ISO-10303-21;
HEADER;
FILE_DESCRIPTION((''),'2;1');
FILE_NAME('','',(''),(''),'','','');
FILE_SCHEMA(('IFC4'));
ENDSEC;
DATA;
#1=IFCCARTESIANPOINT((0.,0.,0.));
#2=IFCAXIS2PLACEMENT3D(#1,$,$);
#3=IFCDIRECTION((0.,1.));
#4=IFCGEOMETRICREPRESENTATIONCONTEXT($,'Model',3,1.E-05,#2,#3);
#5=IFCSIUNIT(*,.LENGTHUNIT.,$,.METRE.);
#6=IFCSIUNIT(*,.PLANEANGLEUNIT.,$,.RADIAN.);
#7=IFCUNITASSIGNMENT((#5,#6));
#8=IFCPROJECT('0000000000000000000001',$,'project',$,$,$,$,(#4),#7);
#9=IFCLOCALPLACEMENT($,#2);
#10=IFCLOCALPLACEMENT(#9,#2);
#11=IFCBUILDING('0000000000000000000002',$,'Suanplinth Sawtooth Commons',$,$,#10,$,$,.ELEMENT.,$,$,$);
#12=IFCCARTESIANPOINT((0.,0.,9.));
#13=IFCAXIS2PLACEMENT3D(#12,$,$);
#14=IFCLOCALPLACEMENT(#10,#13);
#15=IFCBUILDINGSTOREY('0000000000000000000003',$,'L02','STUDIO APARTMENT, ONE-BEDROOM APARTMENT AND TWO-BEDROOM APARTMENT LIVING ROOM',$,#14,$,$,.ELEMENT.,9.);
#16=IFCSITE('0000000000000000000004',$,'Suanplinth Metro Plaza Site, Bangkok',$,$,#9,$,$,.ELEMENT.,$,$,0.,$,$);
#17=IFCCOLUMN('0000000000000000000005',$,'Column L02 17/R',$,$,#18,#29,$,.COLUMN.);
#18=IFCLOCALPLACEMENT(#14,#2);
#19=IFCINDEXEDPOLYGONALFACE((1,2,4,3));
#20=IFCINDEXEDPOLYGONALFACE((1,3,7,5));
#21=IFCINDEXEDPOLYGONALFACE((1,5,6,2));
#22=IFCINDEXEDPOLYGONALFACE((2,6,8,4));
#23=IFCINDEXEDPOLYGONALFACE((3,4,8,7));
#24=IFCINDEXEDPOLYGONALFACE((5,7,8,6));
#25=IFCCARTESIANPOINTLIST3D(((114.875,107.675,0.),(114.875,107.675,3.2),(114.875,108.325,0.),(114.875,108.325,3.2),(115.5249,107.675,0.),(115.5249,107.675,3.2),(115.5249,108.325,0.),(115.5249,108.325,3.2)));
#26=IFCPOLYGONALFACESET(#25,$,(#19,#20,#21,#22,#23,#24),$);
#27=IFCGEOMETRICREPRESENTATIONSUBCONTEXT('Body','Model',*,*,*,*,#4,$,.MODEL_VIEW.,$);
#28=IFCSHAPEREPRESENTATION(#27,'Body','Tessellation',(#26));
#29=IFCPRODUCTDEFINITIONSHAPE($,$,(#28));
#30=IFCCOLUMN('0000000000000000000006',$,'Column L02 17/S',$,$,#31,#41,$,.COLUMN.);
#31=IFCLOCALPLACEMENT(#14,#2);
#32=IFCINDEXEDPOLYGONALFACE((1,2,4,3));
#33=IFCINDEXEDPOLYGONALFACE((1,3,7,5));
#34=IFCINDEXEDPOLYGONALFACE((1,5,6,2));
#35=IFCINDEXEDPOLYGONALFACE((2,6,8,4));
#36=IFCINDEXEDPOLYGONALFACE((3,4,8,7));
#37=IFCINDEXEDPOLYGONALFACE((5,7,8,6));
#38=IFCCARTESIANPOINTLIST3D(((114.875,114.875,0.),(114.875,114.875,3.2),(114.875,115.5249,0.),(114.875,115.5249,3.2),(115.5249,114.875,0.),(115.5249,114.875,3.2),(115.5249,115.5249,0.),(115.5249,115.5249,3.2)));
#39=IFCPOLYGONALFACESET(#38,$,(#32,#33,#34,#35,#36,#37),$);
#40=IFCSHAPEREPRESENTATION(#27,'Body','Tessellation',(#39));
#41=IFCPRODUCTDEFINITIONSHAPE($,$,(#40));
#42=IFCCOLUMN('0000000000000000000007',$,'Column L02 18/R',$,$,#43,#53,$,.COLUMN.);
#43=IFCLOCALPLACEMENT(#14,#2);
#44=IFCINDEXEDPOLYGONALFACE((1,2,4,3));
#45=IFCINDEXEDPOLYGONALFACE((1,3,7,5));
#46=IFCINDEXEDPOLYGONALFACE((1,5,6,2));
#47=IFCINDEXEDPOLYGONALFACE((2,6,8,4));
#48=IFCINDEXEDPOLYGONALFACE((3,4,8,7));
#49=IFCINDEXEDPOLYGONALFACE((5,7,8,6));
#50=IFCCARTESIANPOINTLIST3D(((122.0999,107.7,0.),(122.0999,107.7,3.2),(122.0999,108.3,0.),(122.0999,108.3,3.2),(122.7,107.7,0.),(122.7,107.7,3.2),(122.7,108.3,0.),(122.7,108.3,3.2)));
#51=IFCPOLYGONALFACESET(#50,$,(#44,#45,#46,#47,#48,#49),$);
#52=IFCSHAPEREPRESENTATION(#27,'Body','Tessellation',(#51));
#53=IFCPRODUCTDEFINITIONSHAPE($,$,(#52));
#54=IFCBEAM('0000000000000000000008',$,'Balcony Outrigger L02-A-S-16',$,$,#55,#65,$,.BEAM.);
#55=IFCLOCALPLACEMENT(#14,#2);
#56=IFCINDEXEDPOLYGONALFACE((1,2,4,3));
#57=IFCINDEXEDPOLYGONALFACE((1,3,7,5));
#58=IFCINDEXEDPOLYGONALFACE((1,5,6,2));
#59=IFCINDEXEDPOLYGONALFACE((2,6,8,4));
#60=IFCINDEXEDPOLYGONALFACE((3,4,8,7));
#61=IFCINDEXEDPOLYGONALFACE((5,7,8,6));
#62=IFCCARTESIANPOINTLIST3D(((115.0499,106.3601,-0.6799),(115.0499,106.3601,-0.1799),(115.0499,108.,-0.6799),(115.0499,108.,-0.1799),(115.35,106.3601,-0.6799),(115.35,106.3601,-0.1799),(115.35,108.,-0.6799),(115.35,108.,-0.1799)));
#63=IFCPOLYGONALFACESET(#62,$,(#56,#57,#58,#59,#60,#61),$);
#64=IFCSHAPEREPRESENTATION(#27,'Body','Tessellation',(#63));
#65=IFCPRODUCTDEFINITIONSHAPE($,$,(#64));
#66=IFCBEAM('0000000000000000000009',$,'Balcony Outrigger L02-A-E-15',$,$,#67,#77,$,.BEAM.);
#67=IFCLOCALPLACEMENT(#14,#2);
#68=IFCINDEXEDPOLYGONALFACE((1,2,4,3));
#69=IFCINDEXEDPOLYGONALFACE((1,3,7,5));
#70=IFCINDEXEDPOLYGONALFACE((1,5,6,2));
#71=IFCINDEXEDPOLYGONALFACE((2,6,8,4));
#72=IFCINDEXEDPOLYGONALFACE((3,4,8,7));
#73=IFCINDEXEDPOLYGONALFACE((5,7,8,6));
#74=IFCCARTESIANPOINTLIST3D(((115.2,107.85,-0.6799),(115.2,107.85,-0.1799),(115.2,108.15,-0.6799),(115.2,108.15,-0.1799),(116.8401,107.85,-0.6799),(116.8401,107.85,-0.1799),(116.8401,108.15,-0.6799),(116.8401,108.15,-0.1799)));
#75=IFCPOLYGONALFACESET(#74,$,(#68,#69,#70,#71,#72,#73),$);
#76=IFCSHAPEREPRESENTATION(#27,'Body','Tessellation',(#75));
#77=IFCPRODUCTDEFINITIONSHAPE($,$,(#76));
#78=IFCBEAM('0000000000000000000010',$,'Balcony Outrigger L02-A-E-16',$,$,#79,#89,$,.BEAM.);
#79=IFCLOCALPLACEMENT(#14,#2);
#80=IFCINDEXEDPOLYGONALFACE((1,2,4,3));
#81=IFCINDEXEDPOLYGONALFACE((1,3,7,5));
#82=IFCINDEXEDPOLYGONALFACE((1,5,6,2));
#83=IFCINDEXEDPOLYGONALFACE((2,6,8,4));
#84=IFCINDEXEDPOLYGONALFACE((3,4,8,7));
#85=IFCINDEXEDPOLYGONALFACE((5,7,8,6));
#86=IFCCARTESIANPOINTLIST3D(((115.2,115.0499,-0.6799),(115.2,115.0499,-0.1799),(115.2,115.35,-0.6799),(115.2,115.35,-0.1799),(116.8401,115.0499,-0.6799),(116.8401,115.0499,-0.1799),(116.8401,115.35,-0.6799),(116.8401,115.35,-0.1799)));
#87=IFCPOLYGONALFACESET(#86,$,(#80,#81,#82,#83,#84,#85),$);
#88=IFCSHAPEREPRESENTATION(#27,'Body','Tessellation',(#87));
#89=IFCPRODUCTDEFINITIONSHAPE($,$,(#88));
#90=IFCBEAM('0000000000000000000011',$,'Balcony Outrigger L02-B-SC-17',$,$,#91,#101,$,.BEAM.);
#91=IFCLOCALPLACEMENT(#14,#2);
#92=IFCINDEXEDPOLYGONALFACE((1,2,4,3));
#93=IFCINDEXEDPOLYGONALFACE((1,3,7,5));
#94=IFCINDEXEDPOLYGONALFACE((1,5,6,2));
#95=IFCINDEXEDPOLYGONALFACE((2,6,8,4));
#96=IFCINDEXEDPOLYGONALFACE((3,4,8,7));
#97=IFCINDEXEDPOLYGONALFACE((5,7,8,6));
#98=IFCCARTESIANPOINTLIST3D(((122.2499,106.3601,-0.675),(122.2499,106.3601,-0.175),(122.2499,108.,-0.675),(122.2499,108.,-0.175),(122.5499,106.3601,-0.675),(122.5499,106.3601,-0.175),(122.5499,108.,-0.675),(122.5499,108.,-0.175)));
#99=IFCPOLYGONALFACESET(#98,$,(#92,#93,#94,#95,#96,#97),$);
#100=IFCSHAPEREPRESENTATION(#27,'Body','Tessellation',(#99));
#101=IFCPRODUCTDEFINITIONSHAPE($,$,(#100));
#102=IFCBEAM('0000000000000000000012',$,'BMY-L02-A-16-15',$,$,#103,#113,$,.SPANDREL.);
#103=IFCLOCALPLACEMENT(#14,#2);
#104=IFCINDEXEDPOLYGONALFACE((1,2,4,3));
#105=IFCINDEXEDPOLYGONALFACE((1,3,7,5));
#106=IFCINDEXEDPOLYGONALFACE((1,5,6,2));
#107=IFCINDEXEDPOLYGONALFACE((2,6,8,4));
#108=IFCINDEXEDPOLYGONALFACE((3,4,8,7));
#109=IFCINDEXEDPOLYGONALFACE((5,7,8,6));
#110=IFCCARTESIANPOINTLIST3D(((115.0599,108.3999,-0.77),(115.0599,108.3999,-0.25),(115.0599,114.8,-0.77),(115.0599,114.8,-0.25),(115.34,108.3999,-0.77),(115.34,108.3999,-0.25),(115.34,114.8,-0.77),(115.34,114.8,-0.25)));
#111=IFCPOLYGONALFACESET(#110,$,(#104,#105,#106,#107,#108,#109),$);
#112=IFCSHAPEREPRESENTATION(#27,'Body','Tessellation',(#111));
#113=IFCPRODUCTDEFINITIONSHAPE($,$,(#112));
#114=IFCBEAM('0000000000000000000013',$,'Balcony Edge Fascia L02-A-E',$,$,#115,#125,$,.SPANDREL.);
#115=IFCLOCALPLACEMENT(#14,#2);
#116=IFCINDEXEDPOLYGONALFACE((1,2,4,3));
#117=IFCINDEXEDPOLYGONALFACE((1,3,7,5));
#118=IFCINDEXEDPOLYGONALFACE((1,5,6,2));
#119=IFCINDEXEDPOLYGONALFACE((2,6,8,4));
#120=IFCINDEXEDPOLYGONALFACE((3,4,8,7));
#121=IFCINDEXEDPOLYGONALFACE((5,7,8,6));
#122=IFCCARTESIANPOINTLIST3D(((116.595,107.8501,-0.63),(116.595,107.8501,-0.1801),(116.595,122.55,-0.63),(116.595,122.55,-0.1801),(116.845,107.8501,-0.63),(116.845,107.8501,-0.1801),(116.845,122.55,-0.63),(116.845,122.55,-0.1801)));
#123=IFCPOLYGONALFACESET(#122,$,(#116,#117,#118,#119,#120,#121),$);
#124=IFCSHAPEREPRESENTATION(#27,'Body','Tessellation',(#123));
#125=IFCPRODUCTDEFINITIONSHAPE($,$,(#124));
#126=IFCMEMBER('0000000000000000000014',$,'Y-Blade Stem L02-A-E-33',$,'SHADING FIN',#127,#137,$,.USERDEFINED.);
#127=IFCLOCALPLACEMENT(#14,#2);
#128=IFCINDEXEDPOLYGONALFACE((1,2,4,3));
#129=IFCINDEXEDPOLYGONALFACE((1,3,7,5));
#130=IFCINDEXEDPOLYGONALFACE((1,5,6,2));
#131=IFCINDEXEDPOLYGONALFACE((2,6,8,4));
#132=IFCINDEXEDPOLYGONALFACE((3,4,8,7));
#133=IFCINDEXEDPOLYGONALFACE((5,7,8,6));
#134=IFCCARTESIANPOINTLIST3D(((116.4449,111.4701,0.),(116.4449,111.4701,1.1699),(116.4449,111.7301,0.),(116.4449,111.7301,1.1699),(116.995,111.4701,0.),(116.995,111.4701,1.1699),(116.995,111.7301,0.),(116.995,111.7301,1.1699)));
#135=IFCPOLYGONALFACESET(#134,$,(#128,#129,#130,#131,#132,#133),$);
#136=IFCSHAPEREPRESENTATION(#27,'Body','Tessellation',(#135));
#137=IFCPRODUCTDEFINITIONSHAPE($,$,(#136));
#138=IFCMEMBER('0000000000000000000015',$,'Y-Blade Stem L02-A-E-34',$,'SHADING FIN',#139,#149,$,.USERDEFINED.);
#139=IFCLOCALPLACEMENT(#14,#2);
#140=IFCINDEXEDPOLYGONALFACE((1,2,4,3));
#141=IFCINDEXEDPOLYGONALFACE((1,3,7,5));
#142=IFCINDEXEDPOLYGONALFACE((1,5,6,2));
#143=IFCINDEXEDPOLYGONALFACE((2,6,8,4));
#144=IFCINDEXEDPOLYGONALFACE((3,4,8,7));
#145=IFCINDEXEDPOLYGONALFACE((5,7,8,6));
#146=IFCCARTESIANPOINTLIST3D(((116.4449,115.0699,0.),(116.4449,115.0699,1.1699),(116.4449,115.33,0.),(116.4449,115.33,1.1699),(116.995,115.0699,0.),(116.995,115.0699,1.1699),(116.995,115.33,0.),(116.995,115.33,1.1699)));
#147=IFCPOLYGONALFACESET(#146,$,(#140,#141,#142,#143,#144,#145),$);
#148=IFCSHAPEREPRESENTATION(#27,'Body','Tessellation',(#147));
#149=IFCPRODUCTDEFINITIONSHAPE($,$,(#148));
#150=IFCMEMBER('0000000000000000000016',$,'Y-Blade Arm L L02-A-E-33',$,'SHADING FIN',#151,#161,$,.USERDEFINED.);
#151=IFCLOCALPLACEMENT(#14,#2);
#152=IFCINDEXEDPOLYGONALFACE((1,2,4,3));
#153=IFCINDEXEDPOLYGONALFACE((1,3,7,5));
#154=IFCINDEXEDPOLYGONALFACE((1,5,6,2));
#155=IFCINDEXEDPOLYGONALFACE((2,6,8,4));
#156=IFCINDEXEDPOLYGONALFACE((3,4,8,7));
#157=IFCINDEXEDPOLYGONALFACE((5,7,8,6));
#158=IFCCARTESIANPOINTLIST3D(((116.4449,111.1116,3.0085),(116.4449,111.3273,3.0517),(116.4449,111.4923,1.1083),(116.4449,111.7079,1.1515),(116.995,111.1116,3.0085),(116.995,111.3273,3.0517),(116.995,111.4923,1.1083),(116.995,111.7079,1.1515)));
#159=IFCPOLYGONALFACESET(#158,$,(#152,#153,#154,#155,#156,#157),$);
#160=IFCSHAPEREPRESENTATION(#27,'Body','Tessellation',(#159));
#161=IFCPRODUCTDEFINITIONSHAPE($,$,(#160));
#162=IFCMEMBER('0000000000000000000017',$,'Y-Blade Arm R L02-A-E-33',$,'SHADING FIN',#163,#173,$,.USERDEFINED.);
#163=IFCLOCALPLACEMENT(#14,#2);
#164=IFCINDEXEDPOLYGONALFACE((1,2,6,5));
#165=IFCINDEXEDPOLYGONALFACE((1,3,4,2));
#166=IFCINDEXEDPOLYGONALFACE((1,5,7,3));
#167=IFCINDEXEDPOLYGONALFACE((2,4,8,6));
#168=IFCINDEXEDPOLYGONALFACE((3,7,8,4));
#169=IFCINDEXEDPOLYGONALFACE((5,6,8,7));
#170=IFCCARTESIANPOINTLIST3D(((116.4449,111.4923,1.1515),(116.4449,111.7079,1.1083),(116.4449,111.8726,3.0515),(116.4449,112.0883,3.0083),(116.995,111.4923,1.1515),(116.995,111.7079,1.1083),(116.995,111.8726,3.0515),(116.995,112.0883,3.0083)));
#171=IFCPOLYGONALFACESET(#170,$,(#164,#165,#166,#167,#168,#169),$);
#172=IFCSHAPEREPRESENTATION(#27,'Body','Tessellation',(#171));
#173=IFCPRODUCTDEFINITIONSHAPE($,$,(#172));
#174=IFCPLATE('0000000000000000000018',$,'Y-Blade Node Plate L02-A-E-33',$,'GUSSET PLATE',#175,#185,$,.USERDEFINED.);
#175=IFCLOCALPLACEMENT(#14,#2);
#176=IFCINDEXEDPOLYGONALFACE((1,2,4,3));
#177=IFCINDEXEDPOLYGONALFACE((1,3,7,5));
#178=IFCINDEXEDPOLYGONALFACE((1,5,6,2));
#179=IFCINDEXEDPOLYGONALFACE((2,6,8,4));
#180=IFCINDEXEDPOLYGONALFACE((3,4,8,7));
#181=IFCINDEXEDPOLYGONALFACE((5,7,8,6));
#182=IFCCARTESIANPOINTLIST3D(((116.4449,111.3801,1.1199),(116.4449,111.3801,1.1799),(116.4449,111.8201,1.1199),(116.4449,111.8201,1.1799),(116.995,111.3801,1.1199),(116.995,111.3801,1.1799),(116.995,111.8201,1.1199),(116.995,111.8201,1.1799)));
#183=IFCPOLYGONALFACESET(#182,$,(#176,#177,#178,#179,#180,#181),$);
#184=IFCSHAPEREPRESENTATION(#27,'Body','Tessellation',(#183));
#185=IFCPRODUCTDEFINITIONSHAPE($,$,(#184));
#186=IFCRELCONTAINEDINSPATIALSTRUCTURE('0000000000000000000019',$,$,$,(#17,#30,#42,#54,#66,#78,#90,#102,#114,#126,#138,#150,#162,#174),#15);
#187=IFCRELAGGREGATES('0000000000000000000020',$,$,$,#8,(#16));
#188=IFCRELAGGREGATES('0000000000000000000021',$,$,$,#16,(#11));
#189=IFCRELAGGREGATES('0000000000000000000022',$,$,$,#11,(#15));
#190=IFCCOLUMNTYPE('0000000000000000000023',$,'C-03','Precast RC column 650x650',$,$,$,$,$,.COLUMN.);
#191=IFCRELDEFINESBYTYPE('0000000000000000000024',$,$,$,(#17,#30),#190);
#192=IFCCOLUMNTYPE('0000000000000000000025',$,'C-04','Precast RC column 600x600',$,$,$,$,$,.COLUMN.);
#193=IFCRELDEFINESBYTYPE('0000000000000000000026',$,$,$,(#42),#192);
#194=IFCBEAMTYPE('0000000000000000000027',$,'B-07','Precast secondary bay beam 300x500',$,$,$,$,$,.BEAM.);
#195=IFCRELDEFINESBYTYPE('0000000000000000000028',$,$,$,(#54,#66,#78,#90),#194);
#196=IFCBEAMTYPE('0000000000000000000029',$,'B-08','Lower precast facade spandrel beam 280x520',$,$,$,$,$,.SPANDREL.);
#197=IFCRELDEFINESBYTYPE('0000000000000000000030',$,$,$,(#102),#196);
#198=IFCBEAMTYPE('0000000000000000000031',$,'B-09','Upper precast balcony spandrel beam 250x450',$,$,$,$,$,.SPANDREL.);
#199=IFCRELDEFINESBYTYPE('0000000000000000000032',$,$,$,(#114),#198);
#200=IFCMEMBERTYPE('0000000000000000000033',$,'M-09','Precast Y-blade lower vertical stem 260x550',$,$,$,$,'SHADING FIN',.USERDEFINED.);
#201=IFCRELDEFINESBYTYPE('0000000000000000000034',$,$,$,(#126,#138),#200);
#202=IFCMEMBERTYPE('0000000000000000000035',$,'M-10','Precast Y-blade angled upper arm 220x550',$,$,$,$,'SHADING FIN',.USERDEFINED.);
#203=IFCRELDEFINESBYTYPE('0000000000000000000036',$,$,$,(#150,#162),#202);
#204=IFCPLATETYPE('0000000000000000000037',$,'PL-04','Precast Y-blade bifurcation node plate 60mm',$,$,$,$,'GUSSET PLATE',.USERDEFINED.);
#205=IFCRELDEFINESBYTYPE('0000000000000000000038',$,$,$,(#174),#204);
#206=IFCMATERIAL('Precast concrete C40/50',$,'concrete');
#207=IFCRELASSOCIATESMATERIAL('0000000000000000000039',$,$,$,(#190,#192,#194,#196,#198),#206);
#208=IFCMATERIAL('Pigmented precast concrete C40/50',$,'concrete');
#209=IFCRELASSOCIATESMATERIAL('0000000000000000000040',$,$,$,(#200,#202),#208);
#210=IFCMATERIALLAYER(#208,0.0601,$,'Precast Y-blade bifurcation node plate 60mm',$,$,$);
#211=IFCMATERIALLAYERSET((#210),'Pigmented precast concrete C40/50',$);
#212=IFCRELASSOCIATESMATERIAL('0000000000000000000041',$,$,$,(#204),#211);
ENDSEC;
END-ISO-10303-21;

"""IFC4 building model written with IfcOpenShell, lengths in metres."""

from ifc_helpers import new_model, si_unit, direction, frame, origin, origin_2d, place, context, subcontext, project, spatial, rectangle, extrude, material, layer, layer_set, material_profile, profile_set, type_object, element, save


model = new_model("IFC4")

# Units and contexts
model_context = context("Model", 3, precision=1e-05, world=origin(), true_north=direction((0.0, 1.0)))
body_context = subcontext(model_context, "Body", "Model", "MODEL_VIEW")
ifc_project = project(units=[si_unit("LENGTHUNIT", "METRE"), si_unit("PLANEANGLEUNIT", "RADIAN")], contexts=[model_context])

# Site, building, storey
site_placement = place(None, origin())
site = spatial("IfcSite", under=ifc_project, at=site_placement, Name="Suanplinth Metro Plaza Site, Bangkok", CompositionType="ELEMENT", RefElevation=0.0)
building_placement = place(site_placement, origin())
building = spatial("IfcBuilding", under=site, at=building_placement, Name="Suanplinth Sawtooth Commons", CompositionType="ELEMENT")
storey_placement = place(building_placement, frame((0.0, 0.0, 9.0)))
storey = spatial("IfcBuildingStorey", under=building, at=storey_placement, Name="L02", Description="STUDIO APARTMENT, ONE-BEDROOM APARTMENT AND TWO-BEDROOM APARTMENT LIVING ROOM", CompositionType="ELEMENT", Elevation=9.0)

# Columns
ifc_material_1 = material(Name="Precast concrete C40/50", Category="concrete")
ifc_material_profile_1 = material_profile(ifc_material_1, rectangle(XDim=0.6499, YDim=0.6499, at=origin_2d()), Name="PC-COL 650x650")
ifc_profile_set_1 = profile_set([ifc_material_profile_1], Name="Precast concrete C40/50")
column_type_1 = type_object("IfcColumnType", Name="C-03", Description="Precast RC column 650x650", PredefinedType="COLUMN", material=ifc_profile_set_1)
for number, where, z_axis, x_axis, name in (
    (1, (115.2, 108.0, 0.0), (0.0, 0.0, 1.0), (1.0, 0.0, 0.0), "Column L02 17/R"),
    (2, (115.2, 115.2, 0.0), (0.0, 0.0, 1.0), (1.0, 0.0, 0.0), "Column L02 17/S"),
):
    element("IfcColumn", number, at=place(storey_placement, frame(where, z_axis=z_axis, x_axis=x_axis)), inside=storey, type_object=column_type_1, Name=name, PredefinedType="COLUMN", context=body_context, shape_type="SweptSolid", body=[
        extrude(rectangle(XDim=0.6499, YDim=0.6499, at=origin_2d()), origin(), (0.0, 0.0, 1.0), 3.2),
    ])
ifc_material_profile_2 = material_profile(ifc_material_1, rectangle(XDim=0.6001, YDim=0.6001, at=origin_2d()), Name="PC-COL 600x600")
ifc_profile_set_2 = profile_set([ifc_material_profile_2], Name="Precast concrete C40/50")
column_type_2 = type_object("IfcColumnType", Name="C-04", Description="Precast RC column 600x600", PredefinedType="COLUMN", material=ifc_profile_set_2)
column_placement = place(storey_placement, frame((122.3999, 108.0, 0.0), z_axis=(0.0, 0.0, 1.0), x_axis=(1.0, 0.0, 0.0)))
element("IfcColumn", 3, at=column_placement, inside=storey, type_object=column_type_2, Name="Column L02 18/R", PredefinedType="COLUMN", context=body_context, shape_type="SweptSolid", body=[
    extrude(rectangle(XDim=0.6001, YDim=0.6001, at=origin_2d()), origin(), (0.0, 0.0, 1.0), 3.2),
])

# Beams
ifc_material_profile_3 = material_profile(ifc_material_1, rectangle(XDim=0.3, YDim=0.5, at=origin_2d()), Name="PC-BM 300x500")
ifc_profile_set_3 = profile_set([ifc_material_profile_3], Name="Precast concrete C40/50")
beam_type_1 = type_object("IfcBeamType", Name="B-07", Description="Precast secondary bay beam 300x500", PredefinedType="BEAM", material=ifc_profile_set_3)
beam_1_placement = place(storey_placement, frame((115.2, 108.0, -0.4299), z_axis=(0.0, -1.0, 0.0), x_axis=(1.0, 0.0, 0.0)))
element("IfcBeam", 4, at=beam_1_placement, inside=storey, type_object=beam_type_1, Name="Balcony Outrigger L02-A-S-16", PredefinedType="BEAM", context=body_context, shape_type="SweptSolid", body=[
    extrude(rectangle(XDim=0.3, YDim=0.5, at=origin_2d()), origin(), (0.0, 0.0, 1.0), 1.6399),
])
for number, where, z_axis, x_axis, name in (
    (5, (115.2, 108.0, -0.4299), (1.0, 0.0, 0.0), (0.0, 1.0, 0.0), "Balcony Outrigger L02-A-E-15"),
    (6, (115.2, 115.2, -0.4299), (1.0, 0.0, 0.0), (0.0, 1.0, 0.0), "Balcony Outrigger L02-A-E-16"),
):
    element("IfcBeam", number, at=place(storey_placement, frame(where, z_axis=z_axis, x_axis=x_axis)), inside=storey, type_object=beam_type_1, Name=name, PredefinedType="BEAM", context=body_context, shape_type="SweptSolid", body=[
        extrude(rectangle(XDim=0.3, YDim=0.5, at=origin_2d()), origin(), (0.0, 0.0, 1.0), 1.6401),
    ])
beam_2_placement = place(storey_placement, frame((122.3999, 108.0, -0.425), z_axis=(0.0, -1.0, 0.0), x_axis=(1.0, 0.0, 0.0)))
element("IfcBeam", 7, at=beam_2_placement, inside=storey, type_object=beam_type_1, Name="Balcony Outrigger L02-B-SC-17", PredefinedType="BEAM", context=body_context, shape_type="SweptSolid", body=[
    extrude(rectangle(XDim=0.3, YDim=0.5, at=origin_2d()), origin(), (0.0, 0.0, 1.0), 1.6399),
])
ifc_material_profile_4 = material_profile(ifc_material_1, rectangle(XDim=0.28, YDim=0.52, at=origin_2d()), Name="PC-SP 280x520")
ifc_profile_set_4 = profile_set([ifc_material_profile_4], Name="Precast concrete C40/50")
beam_type_2 = type_object("IfcBeamType", Name="B-08", Description="Lower precast facade spandrel beam 280x520", PredefinedType="SPANDREL", material=ifc_profile_set_4)
beam_3_placement = place(storey_placement, frame((115.2, 108.3999, -0.51), z_axis=(0.0, 1.0, 0.0), x_axis=(-1.0, 0.0, 0.0)))
element("IfcBeam", 8, at=beam_3_placement, inside=storey, type_object=beam_type_2, Name="BMY-L02-A-16-15", PredefinedType="SPANDREL", context=body_context, shape_type="SweptSolid", body=[
    extrude(rectangle(XDim=0.28, YDim=0.52, at=origin_2d()), origin(), (0.0, 0.0, 1.0), 6.4001),
])
ifc_material_profile_5 = material_profile(ifc_material_1, rectangle(XDim=0.25, YDim=0.45, at=origin_2d()), Name="PC-SP 250x450")
ifc_profile_set_5 = profile_set([ifc_material_profile_5], Name="Precast concrete C40/50")
beam_type_3 = type_object("IfcBeamType", Name="B-09", Description="Upper precast balcony spandrel beam 250x450", PredefinedType="SPANDREL", material=ifc_profile_set_5)
beam_4_placement = place(storey_placement, frame((116.72, 107.8501, -0.405), z_axis=(0.0, 1.0, 0.0), x_axis=(-1.0, 0.0, 0.0)))
element("IfcBeam", 9, at=beam_4_placement, inside=storey, type_object=beam_type_3, Name="Balcony Edge Fascia L02-A-E", PredefinedType="SPANDREL", context=body_context, shape_type="SweptSolid", body=[
    extrude(rectangle(XDim=0.25, YDim=0.45, at=origin_2d()), origin(), (0.0, 0.0, 1.0), 14.7),
])

# Members
ifc_material_2 = material(Name="Pigmented precast concrete C40/50", Category="concrete")
ifc_material_profile_6 = material_profile(ifc_material_2, rectangle(XDim=0.26, YDim=0.55, at=origin_2d()), Name="PC-FIN 260x550")
ifc_profile_set_6 = profile_set([ifc_material_profile_6], Name="Pigmented precast concrete C40/50")
member_type_1 = type_object("IfcMemberType", Name="M-09", Description="Precast Y-blade lower vertical stem 260x550", ElementType="SHADING FIN", PredefinedType="USERDEFINED", material=ifc_profile_set_6)
for number, where, z_axis, x_axis, name in (
    (10, (116.72, 111.6001, 0.0), (0.0, 0.0, 1.0), (0.0, 1.0, 0.0), "Y-Blade Stem L02-A-E-33"),
    (11, (116.72, 115.2, 0.0), (0.0, 0.0, 1.0), (0.0, 1.0, 0.0), "Y-Blade Stem L02-A-E-34"),
):
    element("IfcMember", number, at=place(storey_placement, frame(where, z_axis=z_axis, x_axis=x_axis)), inside=storey, type_object=member_type_1, Name=name, ObjectType="SHADING FIN", PredefinedType="USERDEFINED", context=body_context, shape_type="SweptSolid", body=[
        extrude(rectangle(XDim=0.26, YDim=0.55, at=origin_2d()), origin(), (0.0, 0.0, 1.0), 1.1699),
    ])
ifc_material_profile_7 = material_profile(ifc_material_2, rectangle(XDim=0.22, YDim=0.55, at=origin_2d()), Name="PC-FIN 220x550")
ifc_profile_set_7 = profile_set([ifc_material_profile_7], Name="Pigmented precast concrete C40/50")
member_type_2 = type_object("IfcMemberType", Name="M-10", Description="Precast Y-blade angled upper arm 220x550", ElementType="SHADING FIN", PredefinedType="USERDEFINED", material=ifc_profile_set_7)
member_1_placement = place(storey_placement, frame((116.72, 111.6001, 1.1299), z_axis=(0.0, -0.196407, 0.980522), x_axis=(0.0, 0.980522, 0.196407)))
element("IfcMember", 12, at=member_1_placement, inside=storey, type_object=member_type_2, Name="Y-Blade Arm L L02-A-E-33", ObjectType="SHADING FIN", PredefinedType="USERDEFINED", context=body_context, shape_type="SweptSolid", body=[
    extrude(rectangle(XDim=0.22, YDim=0.55, at=origin_2d()), origin(), (0.0, 0.0, 1.0), 1.938),
])
member_2_placement = place(storey_placement, frame((116.72, 111.6001, 1.1299), z_axis=(0.0, 0.196286, 0.980547), x_axis=(0.0, -0.980547, 0.196286)))
element("IfcMember", 13, at=member_2_placement, inside=storey, type_object=member_type_2, Name="Y-Blade Arm R L02-A-E-33", ObjectType="SHADING FIN", PredefinedType="USERDEFINED", context=body_context, shape_type="SweptSolid", body=[
    extrude(rectangle(XDim=0.22, YDim=0.55, at=origin_2d()), origin(), (0.0, 0.0, 1.0), 1.9377),
])

# Plate
ifc_layer_1 = layer(ifc_material_2, 0.0601, Name="Precast Y-blade bifurcation node plate 60mm")
ifc_layer_set_1 = layer_set([ifc_layer_1], Name="Pigmented precast concrete C40/50")
plate_type = type_object("IfcPlateType", Name="PL-04", Description="Precast Y-blade bifurcation node plate 60mm", ElementType="GUSSET PLATE", PredefinedType="USERDEFINED", material=ifc_layer_set_1)
plate_placement = place(storey_placement, frame((116.72, 111.6001, 1.1199), z_axis=(0.0, 0.0, 1.0), x_axis=(0.0, 1.0, 0.0)))
element("IfcPlate", 14, at=plate_placement, inside=storey, type_object=plate_type, Name="Y-Blade Node Plate L02-A-E-33", ObjectType="GUSSET PLATE", PredefinedType="USERDEFINED", context=body_context, shape_type="SweptSolid", body=[
    extrude(rectangle(XDim=0.4399, YDim=0.55, at=origin_2d()), origin(), (0.0, 0.0, 1.0), 0.0601),
])

save(model, "model.ifc")
